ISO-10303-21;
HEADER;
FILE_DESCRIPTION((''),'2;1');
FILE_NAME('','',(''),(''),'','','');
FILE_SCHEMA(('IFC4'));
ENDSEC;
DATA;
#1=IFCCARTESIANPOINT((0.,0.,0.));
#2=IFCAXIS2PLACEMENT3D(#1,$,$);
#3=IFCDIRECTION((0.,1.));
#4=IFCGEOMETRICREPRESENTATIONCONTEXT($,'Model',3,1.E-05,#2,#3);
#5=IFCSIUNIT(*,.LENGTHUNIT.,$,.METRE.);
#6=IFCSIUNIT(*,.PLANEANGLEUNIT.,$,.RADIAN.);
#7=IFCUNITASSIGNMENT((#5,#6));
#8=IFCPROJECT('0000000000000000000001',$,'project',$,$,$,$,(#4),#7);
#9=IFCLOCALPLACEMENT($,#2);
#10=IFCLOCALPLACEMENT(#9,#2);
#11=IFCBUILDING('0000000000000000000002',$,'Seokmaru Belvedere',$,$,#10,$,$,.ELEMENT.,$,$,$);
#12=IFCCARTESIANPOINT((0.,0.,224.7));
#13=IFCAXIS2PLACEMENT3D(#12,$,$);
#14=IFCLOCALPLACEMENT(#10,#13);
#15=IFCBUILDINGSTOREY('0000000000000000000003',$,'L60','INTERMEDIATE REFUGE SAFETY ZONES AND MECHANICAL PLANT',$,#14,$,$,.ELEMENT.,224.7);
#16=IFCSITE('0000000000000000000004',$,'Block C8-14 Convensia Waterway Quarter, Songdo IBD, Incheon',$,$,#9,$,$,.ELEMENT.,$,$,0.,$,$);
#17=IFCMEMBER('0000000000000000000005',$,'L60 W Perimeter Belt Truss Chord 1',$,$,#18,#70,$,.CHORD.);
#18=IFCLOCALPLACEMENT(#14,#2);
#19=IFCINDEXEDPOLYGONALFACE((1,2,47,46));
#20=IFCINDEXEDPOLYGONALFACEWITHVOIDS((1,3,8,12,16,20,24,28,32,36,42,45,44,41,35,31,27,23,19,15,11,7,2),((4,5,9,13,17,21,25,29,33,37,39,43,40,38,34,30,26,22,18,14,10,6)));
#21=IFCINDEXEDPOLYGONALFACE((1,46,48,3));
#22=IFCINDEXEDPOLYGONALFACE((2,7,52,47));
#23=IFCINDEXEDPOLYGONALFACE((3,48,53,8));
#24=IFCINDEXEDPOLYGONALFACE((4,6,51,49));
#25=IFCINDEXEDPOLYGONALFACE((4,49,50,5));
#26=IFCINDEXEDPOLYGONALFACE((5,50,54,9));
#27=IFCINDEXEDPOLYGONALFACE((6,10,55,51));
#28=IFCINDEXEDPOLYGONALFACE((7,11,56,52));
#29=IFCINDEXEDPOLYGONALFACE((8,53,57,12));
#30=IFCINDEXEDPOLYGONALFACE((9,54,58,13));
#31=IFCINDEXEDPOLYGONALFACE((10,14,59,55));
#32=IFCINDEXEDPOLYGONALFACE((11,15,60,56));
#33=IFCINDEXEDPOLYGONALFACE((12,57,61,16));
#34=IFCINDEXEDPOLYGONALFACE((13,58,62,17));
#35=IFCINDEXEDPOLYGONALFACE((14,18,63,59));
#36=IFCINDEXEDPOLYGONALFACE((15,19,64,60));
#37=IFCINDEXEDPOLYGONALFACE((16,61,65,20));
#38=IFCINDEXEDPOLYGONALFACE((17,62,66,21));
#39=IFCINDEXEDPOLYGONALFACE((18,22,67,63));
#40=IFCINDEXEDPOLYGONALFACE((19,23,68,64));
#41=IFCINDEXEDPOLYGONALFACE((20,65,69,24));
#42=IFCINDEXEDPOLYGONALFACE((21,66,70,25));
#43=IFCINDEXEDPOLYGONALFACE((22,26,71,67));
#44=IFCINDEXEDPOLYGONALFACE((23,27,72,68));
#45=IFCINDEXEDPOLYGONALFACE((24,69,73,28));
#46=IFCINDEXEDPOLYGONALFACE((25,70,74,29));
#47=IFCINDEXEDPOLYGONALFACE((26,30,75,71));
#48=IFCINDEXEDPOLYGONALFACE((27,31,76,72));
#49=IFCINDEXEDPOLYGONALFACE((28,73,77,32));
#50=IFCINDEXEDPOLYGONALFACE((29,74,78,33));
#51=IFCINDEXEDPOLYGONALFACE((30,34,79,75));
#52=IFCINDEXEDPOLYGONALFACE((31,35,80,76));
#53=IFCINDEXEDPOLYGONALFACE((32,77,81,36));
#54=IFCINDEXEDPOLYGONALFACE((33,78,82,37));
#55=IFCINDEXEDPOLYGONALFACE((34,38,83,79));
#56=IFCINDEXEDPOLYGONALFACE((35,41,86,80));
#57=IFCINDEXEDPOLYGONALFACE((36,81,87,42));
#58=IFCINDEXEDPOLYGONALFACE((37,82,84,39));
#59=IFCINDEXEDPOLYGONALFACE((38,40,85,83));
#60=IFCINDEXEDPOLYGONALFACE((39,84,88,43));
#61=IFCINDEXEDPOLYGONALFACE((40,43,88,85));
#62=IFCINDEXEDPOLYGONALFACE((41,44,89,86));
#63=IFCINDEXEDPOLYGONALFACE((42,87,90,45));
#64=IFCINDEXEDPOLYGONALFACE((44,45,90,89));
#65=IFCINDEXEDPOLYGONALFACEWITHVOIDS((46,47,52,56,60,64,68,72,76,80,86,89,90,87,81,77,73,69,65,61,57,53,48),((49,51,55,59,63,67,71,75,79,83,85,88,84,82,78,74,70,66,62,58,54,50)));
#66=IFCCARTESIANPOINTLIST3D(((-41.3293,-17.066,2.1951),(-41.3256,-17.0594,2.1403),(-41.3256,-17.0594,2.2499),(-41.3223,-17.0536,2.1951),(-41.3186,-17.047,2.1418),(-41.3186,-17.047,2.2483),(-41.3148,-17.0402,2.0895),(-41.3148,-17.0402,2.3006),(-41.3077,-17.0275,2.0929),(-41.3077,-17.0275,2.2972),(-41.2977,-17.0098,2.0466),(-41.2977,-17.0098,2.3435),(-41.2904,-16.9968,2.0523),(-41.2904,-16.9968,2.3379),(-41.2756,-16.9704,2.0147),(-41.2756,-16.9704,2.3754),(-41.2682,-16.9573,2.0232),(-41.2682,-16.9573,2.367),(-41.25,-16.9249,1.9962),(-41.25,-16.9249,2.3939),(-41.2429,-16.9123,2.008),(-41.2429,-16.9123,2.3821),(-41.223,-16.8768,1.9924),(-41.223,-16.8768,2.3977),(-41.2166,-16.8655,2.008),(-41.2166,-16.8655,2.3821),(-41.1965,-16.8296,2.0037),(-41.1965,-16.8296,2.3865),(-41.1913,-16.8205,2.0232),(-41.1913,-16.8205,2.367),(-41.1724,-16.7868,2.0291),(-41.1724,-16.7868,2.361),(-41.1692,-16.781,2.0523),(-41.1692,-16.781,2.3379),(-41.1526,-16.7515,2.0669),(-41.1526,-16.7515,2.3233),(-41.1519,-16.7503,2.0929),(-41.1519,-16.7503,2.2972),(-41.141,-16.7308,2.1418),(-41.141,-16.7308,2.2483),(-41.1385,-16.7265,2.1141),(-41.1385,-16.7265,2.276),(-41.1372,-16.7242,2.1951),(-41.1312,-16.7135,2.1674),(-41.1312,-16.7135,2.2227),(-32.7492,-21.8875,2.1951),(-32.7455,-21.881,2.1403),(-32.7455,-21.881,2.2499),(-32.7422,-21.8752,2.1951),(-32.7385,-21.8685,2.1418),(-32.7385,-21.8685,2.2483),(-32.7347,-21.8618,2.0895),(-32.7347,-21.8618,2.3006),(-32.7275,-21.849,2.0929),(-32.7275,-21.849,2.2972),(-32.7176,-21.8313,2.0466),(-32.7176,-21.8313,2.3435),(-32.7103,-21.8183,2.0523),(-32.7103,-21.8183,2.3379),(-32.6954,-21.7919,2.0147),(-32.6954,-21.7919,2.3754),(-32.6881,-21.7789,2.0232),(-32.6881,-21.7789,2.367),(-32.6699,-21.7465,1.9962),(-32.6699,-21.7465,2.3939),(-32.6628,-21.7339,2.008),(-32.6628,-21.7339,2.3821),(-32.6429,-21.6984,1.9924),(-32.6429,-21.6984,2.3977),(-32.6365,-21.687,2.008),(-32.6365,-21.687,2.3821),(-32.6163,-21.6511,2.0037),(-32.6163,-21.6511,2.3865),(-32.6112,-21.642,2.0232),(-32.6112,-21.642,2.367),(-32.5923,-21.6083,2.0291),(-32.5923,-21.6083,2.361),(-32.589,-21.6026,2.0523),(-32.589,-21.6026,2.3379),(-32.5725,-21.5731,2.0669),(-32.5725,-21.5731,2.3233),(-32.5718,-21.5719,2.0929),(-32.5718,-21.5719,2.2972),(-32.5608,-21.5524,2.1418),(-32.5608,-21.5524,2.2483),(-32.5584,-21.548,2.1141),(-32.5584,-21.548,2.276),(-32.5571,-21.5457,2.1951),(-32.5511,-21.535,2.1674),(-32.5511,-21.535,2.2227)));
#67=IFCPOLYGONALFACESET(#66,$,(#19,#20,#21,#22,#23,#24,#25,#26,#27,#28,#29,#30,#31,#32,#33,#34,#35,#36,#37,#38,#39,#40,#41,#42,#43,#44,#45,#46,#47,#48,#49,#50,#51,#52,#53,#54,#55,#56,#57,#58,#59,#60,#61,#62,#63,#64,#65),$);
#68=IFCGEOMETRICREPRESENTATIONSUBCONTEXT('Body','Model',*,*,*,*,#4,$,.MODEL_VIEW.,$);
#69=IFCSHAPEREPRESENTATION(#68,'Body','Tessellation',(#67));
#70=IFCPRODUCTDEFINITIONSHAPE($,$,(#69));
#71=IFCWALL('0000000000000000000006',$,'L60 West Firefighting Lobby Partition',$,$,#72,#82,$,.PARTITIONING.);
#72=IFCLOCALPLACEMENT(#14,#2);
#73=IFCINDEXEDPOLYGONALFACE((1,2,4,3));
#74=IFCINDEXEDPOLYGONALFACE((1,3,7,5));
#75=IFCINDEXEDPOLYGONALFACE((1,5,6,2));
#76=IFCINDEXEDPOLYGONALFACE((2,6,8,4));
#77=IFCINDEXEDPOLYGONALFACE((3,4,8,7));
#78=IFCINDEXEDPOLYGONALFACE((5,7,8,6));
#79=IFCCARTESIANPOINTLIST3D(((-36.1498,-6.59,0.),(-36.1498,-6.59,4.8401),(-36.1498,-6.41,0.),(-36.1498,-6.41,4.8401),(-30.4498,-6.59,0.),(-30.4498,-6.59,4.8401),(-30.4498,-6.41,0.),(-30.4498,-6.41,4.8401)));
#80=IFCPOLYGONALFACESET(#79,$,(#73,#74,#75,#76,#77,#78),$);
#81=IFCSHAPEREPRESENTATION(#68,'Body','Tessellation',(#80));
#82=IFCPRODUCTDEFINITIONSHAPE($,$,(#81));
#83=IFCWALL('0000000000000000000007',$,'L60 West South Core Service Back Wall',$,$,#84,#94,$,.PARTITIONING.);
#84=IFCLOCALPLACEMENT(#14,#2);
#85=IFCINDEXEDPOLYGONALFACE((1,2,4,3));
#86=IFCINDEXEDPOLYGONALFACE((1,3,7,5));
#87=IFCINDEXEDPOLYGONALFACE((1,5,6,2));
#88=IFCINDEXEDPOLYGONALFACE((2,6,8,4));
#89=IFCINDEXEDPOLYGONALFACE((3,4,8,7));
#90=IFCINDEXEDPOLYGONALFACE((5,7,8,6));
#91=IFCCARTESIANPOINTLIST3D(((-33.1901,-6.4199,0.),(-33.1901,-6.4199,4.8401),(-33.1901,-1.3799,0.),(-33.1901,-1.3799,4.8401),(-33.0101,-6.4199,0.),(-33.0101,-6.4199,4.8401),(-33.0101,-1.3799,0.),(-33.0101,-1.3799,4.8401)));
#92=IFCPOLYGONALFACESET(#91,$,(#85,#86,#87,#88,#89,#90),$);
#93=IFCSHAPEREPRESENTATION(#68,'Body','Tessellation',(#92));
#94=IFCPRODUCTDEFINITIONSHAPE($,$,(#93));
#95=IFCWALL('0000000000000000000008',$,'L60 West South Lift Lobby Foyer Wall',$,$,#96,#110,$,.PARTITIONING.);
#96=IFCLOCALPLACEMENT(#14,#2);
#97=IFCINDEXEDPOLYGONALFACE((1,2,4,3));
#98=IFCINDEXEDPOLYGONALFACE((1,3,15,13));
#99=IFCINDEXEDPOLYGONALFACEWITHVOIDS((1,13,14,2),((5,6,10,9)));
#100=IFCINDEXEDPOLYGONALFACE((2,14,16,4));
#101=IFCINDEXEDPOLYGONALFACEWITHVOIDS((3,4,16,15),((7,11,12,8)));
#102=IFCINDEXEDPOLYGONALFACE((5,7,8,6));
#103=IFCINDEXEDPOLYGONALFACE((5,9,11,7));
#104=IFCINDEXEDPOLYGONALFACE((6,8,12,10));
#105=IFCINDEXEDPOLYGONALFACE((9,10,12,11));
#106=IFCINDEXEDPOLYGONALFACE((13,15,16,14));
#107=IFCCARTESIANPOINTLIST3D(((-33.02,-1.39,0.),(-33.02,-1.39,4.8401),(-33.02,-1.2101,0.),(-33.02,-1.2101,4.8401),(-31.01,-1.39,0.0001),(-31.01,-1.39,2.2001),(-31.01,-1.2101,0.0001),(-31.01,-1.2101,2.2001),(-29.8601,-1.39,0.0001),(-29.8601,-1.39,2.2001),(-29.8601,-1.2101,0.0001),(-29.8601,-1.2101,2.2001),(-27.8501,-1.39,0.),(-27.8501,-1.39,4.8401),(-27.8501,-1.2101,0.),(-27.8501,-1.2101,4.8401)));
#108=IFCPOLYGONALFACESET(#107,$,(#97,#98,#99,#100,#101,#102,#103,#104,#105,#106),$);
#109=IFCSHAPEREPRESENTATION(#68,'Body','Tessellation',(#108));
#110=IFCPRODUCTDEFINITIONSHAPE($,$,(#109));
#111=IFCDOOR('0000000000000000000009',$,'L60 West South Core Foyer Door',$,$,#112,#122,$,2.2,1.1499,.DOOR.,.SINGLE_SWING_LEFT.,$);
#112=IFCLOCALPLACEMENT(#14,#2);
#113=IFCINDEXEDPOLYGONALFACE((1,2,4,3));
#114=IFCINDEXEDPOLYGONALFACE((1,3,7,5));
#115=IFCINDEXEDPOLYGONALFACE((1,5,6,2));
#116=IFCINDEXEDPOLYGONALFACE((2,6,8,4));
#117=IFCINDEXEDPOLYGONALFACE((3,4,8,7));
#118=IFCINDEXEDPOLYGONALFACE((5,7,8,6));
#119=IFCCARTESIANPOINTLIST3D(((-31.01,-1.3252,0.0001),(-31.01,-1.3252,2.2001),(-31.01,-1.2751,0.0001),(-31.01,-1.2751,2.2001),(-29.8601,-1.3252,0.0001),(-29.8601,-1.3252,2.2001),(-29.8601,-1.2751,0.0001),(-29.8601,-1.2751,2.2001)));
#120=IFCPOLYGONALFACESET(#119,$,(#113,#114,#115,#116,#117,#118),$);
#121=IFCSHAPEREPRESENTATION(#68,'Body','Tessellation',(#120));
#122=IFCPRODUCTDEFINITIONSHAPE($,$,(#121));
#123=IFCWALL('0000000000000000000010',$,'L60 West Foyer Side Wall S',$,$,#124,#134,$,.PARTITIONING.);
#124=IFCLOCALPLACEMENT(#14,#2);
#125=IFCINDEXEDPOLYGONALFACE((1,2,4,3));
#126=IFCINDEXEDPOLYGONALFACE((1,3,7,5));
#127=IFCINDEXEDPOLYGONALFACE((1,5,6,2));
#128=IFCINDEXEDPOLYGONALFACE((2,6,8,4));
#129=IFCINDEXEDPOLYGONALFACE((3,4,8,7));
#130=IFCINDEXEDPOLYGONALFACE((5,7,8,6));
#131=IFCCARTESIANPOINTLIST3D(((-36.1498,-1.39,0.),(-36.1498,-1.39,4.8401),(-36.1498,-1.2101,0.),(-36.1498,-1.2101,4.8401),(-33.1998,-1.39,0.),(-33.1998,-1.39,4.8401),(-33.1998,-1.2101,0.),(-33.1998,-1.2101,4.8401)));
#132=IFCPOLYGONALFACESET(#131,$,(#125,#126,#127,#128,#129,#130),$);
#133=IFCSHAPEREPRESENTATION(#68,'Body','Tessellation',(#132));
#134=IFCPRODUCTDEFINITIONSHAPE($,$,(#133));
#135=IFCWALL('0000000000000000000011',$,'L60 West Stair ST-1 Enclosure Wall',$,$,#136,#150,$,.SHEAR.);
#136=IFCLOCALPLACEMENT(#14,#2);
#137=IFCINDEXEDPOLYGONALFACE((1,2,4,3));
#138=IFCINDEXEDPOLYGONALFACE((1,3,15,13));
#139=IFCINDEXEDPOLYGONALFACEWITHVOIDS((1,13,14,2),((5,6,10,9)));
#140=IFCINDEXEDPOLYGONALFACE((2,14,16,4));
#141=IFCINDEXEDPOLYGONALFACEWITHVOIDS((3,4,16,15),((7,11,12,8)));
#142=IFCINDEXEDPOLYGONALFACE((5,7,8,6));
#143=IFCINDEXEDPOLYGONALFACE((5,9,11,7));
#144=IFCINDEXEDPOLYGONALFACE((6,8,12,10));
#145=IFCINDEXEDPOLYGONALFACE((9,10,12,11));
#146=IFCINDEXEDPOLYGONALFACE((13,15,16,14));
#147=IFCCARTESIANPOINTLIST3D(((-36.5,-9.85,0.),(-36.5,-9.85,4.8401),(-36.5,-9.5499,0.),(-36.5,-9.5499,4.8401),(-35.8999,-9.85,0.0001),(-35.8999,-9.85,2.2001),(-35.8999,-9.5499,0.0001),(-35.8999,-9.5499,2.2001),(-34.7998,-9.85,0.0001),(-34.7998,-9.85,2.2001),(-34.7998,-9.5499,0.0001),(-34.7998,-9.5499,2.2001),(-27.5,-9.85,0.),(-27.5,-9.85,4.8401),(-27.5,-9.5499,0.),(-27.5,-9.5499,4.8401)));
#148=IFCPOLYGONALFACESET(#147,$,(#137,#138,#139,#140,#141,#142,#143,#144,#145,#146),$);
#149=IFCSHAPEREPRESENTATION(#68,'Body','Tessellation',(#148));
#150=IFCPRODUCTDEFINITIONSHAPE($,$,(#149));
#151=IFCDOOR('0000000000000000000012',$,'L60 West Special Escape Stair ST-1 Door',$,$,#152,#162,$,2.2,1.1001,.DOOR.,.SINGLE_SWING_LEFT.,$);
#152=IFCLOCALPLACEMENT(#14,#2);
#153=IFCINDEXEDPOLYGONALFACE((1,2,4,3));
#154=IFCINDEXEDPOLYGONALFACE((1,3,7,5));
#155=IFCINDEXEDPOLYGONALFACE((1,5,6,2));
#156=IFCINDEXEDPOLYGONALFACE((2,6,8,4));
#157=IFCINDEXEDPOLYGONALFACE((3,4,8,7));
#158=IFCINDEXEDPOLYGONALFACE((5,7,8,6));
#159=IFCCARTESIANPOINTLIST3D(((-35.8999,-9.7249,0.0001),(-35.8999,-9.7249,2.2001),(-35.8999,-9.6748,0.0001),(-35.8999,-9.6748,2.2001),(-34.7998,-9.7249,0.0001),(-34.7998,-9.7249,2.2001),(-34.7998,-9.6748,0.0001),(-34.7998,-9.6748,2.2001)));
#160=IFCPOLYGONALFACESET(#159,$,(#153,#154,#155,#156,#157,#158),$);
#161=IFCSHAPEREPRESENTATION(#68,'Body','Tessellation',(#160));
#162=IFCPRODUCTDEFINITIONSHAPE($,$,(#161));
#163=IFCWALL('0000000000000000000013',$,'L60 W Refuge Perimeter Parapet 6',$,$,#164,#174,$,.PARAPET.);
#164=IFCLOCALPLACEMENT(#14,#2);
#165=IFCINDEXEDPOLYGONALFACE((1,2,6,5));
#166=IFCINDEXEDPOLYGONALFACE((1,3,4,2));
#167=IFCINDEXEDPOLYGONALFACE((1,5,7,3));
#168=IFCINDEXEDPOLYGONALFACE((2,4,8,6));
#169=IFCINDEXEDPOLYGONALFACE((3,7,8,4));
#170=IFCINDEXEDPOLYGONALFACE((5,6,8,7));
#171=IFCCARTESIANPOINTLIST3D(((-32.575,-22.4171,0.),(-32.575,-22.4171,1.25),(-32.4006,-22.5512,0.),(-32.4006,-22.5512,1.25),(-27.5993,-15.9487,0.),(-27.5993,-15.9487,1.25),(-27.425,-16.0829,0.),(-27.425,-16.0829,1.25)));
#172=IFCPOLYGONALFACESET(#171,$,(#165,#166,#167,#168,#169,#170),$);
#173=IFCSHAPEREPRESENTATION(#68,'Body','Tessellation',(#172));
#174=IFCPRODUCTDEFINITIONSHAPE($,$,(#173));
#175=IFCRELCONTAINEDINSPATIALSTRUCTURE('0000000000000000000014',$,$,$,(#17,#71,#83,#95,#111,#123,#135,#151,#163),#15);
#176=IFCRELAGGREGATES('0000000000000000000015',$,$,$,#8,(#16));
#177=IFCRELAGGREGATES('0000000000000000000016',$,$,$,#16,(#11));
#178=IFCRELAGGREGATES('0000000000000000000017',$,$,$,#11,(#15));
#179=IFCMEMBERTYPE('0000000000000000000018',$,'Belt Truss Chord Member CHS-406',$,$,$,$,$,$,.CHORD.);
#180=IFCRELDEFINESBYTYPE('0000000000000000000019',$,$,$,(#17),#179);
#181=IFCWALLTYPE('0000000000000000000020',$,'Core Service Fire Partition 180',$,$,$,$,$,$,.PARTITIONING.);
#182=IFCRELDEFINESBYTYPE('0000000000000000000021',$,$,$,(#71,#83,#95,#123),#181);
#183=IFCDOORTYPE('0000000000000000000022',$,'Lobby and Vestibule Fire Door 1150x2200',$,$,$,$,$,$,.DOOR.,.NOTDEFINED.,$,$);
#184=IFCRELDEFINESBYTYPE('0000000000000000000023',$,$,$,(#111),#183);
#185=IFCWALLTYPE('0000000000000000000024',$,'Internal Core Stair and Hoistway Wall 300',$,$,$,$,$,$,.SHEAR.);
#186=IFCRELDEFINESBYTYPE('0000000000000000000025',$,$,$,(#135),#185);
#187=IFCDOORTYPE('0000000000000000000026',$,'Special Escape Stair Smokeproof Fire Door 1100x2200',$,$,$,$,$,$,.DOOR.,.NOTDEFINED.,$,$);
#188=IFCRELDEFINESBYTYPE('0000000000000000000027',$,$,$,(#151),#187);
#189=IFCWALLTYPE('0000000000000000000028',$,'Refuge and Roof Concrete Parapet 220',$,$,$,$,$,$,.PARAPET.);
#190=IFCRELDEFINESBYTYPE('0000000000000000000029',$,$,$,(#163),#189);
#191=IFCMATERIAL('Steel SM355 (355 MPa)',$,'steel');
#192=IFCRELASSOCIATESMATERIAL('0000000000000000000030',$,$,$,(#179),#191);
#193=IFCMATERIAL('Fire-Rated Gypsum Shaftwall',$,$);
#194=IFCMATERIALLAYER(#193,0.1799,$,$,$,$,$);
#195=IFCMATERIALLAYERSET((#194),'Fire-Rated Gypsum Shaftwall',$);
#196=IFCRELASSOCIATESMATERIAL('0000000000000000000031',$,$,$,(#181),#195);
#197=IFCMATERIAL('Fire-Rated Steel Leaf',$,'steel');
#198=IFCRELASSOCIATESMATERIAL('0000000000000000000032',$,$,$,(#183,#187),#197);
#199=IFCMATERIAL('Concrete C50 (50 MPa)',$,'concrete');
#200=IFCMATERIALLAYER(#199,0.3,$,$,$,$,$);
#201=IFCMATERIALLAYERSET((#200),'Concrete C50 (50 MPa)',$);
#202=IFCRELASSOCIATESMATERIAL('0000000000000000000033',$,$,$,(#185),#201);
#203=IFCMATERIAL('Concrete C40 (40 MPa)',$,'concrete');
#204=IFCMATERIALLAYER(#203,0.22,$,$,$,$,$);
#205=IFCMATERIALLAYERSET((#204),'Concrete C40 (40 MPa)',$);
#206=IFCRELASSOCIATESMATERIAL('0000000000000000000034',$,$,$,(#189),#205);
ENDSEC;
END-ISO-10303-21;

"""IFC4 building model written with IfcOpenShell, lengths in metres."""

from ifc_helpers import new_model, si_unit, direction, frame, frame_2d, origin, origin_2d, place, context, subcontext, project, spatial, rectangle, hollow_circle, extrude, source, transform, mapped, material, layer, layer_set, material_profile, profile_set, type_object, type_shapes, element, fill, save


model = new_model("IFC4")

# Units and contexts
model_context = context("Model", 3, precision=1e-05, world=origin(), true_north=direction((0.0, 1.0)))
body_context = subcontext(model_context, "Body", "Model", "MODEL_VIEW")
ifc_project = project(units=[si_unit("LENGTHUNIT", "METRE"), si_unit("PLANEANGLEUNIT", "RADIAN")], contexts=[model_context])

# Site, building, storey
site_placement = place(None, origin())
site = spatial("IfcSite", under=ifc_project, at=site_placement, Name="Block C8-14 Convensia Waterway Quarter, Songdo IBD, Incheon", CompositionType="ELEMENT", RefElevation=0.0)
building_placement = place(site_placement, origin())
building = spatial("IfcBuilding", under=site, at=building_placement, Name="Seokmaru Belvedere", CompositionType="ELEMENT")
storey_placement = place(building_placement, frame((0.0, 0.0, 224.7)))
storey = spatial("IfcBuildingStorey", under=building, at=storey_placement, Name="L60", Description="INTERMEDIATE REFUGE SAFETY ZONES AND MECHANICAL PLANT", CompositionType="ELEMENT", Elevation=224.7)

# Shared definitions
ifc_material_1 = material(Name="Steel SM355 (355 MPa)", Category="steel")

# Member
ifc_material_profile_1 = material_profile(ifc_material_1, hollow_circle(Radius=0.2031, WallThickness=0.0142, at=origin_2d()), Name="CHS-406.4x14.2")
ifc_profile_set_1 = profile_set([ifc_material_profile_1], Name="Steel SM355 (355 MPa)")
member_type_1 = type_object("IfcMemberType", Name="Belt Truss Chord Member CHS-406", PredefinedType="CHORD", material=ifc_profile_set_1)
shared_shape_1 = source(origin(), body_context, "Body", "SweptSolid", [
    extrude(hollow_circle(Radius=0.2031, WallThickness=0.0142, at=origin_2d()), origin(), (0.0, 0.0, 1.0), 9.842),
])
type_shapes(member_type_1, [shared_shape_1])
member_1_placement = place(storey_placement, frame((-32.6497, -21.7104, 2.1951), z_axis=(-0.871782, 0.489894, 0.0), x_axis=(-0.489894, -0.871782, 0.0)))
element("IfcMember", 1, at=member_1_placement, inside=storey, type_object=member_type_1, Name="L60 W Perimeter Belt Truss Chord 1", PredefinedType="CHORD", context=body_context, shape_type="MappedRepresentation", body=[
    mapped(shared_shape_1, transform((0.0, 0.0, 0.0), scale=1.0)),
])

# Walls
ifc_material_2 = material(Name="Fire-Rated Gypsum Shaftwall")
ifc_layer_1 = layer(ifc_material_2, 0.1799)
ifc_layer_set_1 = layer_set([ifc_layer_1], Name="Fire-Rated Gypsum Shaftwall")
wall_type_1 = type_object("IfcWallType", Name="Core Service Fire Partition 180", PredefinedType="PARTITIONING", material=ifc_layer_set_1)
wall_1_placement = place(storey_placement, frame((-36.1499, -6.5, 0.0), z_axis=(0.0, 0.0, 1.0), x_axis=(1.0, 0.0, 0.0)))
element("IfcWall", 2, at=wall_1_placement, inside=storey, type_object=wall_type_1, Name="L60 West Firefighting Lobby Partition", PredefinedType="PARTITIONING", context=body_context, shape_type="SweptSolid", body=[
    extrude(rectangle(XDim=5.7, YDim=0.1799, at=frame_2d((2.8501, 0.0))), origin(), (0.0, 0.0, 1.0), 4.8401),
])
wall_2_placement = place(storey_placement, frame((-33.1001, -6.4199, 0.0), z_axis=(0.0, 0.0, 1.0), x_axis=(0.0, 1.0, 0.0)))
element("IfcWall", 3, at=wall_2_placement, inside=storey, type_object=wall_type_1, Name="L60 West South Core Service Back Wall", PredefinedType="PARTITIONING", context=body_context, shape_type="SweptSolid", body=[
    extrude(rectangle(XDim=5.04, YDim=0.1799, at=frame_2d((2.52, 0.0))), origin(), (0.0, 0.0, 1.0), 4.8401),
])

# Wall, opening, door
wall_3_placement = place(storey_placement, frame((-33.02, -1.3, 0.0), z_axis=(0.0, 0.0, 1.0), x_axis=(1.0, 0.0, 0.0)))
wall_3 = element("IfcWall", 4, at=wall_3_placement, inside=storey, type_object=wall_type_1, Name="L60 West South Lift Lobby Foyer Wall", PredefinedType="PARTITIONING", context=body_context, shape_type="SweptSolid", body=[
    extrude(rectangle(XDim=5.1699, YDim=0.1799, at=frame_2d((2.585, 0.0))), origin(), (0.0, 0.0, 1.0), 4.8401),
])
opening_1_placement = place(wall_3_placement, frame((2.01, 0.0, 0.0)))
opening_1 = element("IfcOpeningElement", 5, at=opening_1_placement, cuts=wall_3, PredefinedType="OPENING", context=body_context, shape_type="SweptSolid", body=[
    extrude(rectangle(XDim=1.1499, YDim=2.2, at=frame_2d((0.575, 1.1001))), frame((0.0, 0.1001, 0.0), z_axis=(0.0, -1.0, 0.0), x_axis=(1.0, 0.0, 0.0)), (0.0, 0.0, 1.0), 0.2),
])
ifc_material_3 = material(Name="Fire-Rated Steel Leaf", Category="steel")
door_type_1 = type_object("IfcDoorType", Name="Lobby and Vestibule Fire Door 1150x2200", OperationType="NOTDEFINED", PredefinedType="DOOR", material=ifc_material_3)
shared_shape_2 = source(origin(), body_context, "Body", "SweptSolid", [
    extrude(rectangle(XDim=1.1499, YDim=2.2, at=frame_2d((0.575, 1.1001))), frame((0.0, 0.0249, 0.0), z_axis=(0.0, -1.0, 0.0), x_axis=(1.0, 0.0, 0.0)), (0.0, 0.0, 1.0), 0.05),
])
type_shapes(door_type_1, [shared_shape_2])
door_1_placement = place(opening_1_placement, origin())
door_1 = element("IfcDoor", 6, at=door_1_placement, inside=storey, type_object=door_type_1, Name="L60 West South Core Foyer Door", OperationType="SINGLE_SWING_LEFT", OverallHeight=2.2, OverallWidth=1.1499, PredefinedType="DOOR", context=body_context, shape_type="MappedRepresentation", body=[
    mapped(shared_shape_2, transform((0.0, 0.0, 0.0), scale=1.0)),
])
fill(opening_1, door_1)

# Wall
wall_4_placement = place(storey_placement, frame((-36.1499, -1.3, 0.0), z_axis=(0.0, 0.0, 1.0), x_axis=(1.0, 0.0, 0.0)))
element("IfcWall", 7, at=wall_4_placement, inside=storey, type_object=wall_type_1, Name="L60 West Foyer Side Wall S", PredefinedType="PARTITIONING", context=body_context, shape_type="SweptSolid", body=[
    extrude(rectangle(XDim=2.95, YDim=0.1799, at=frame_2d((1.4751, 0.0))), origin(), (0.0, 0.0, 1.0), 4.8401),
])

# Wall, opening, door
ifc_material_4 = material(Name="Concrete C50 (50 MPa)", Category="concrete")
ifc_layer_2 = layer(ifc_material_4, 0.3)
ifc_layer_set_2 = layer_set([ifc_layer_2], Name="Concrete C50 (50 MPa)")
wall_type_2 = type_object("IfcWallType", Name="Internal Core Stair and Hoistway Wall 300", PredefinedType="SHEAR", material=ifc_layer_set_2)
wall_5_placement = place(storey_placement, frame((-36.5, -9.7, 0.0), z_axis=(0.0, 0.0, 1.0), x_axis=(1.0, 0.0, 0.0)))
wall_5 = element("IfcWall", 8, at=wall_5_placement, inside=storey, type_object=wall_type_2, Name="L60 West Stair ST-1 Enclosure Wall", PredefinedType="SHEAR", context=body_context, shape_type="SweptSolid", body=[
    extrude(rectangle(XDim=9.0, YDim=0.3, at=frame_2d((4.5, 0.0))), origin(), (0.0, 0.0, 1.0), 4.8401),
])
opening_2_placement = place(wall_5_placement, frame((0.6001, 0.0, 0.0)))
opening_2 = element("IfcOpeningElement", 9, at=opening_2_placement, cuts=wall_5, PredefinedType="OPENING", context=body_context, shape_type="SweptSolid", body=[
    extrude(rectangle(XDim=1.1001, YDim=2.2, at=frame_2d((0.55, 1.1001))), frame((0.0, 0.1602, 0.0), z_axis=(0.0, -1.0, 0.0), x_axis=(1.0, 0.0, 0.0)), (0.0, 0.0, 1.0), 0.3201),
])
door_type_2 = type_object("IfcDoorType", Name="Special Escape Stair Smokeproof Fire Door 1100x2200", OperationType="NOTDEFINED", PredefinedType="DOOR", material=ifc_material_3)
shared_shape_3 = source(origin(), body_context, "Body", "SweptSolid", [
    extrude(rectangle(XDim=1.1001, YDim=2.2, at=frame_2d((0.55, 1.1001))), frame((0.0, 0.0249, 0.0), z_axis=(0.0, -1.0, 0.0), x_axis=(1.0, 0.0, 0.0)), (0.0, 0.0, 1.0), 0.05),
])
type_shapes(door_type_2, [shared_shape_3])
door_2_placement = place(opening_2_placement, frame((1.1001, 0.0, 0.0), z_axis=(0.0, 0.0, 1.0), x_axis=(-1.0, 0.0, 0.0)))
door_2 = element("IfcDoor", 10, at=door_2_placement, inside=storey, type_object=door_type_2, Name="L60 West Special Escape Stair ST-1 Door", OperationType="SINGLE_SWING_LEFT", OverallHeight=2.2, OverallWidth=1.1001, PredefinedType="DOOR", context=body_context, shape_type="MappedRepresentation", body=[
    mapped(shared_shape_3, transform((0.0, 0.0, 0.0), scale=1.0)),
])
fill(opening_2, door_2)

# Wall
ifc_material_5 = material(Name="Concrete C40 (40 MPa)", Category="concrete")
ifc_layer_3 = layer(ifc_material_5, 0.22)
ifc_layer_set_3 = layer_set([ifc_layer_3], Name="Concrete C40 (40 MPa)")
wall_type_3 = type_object("IfcWallType", Name="Refuge and Roof Concrete Parapet 220", PredefinedType="PARAPET", material=ifc_layer_set_3)
wall_6_placement = place(storey_placement, frame((-32.4878, -22.4841, 0.0), z_axis=(0.0, 0.0, 1.0), x_axis=(0.609711, 0.792624, 0.0)))
element("IfcWall", 11, at=wall_6_placement, inside=storey, type_object=wall_type_3, Name="L60 W Refuge Perimeter Parapet 6", PredefinedType="PARAPET", context=body_context, shape_type="SweptSolid", body=[
    extrude(rectangle(XDim=8.1606, YDim=0.22, at=frame_2d((4.0803, 0.0))), origin(), (0.0, 0.0, 1.0), 1.25),
])

save(model, "model.ifc")
